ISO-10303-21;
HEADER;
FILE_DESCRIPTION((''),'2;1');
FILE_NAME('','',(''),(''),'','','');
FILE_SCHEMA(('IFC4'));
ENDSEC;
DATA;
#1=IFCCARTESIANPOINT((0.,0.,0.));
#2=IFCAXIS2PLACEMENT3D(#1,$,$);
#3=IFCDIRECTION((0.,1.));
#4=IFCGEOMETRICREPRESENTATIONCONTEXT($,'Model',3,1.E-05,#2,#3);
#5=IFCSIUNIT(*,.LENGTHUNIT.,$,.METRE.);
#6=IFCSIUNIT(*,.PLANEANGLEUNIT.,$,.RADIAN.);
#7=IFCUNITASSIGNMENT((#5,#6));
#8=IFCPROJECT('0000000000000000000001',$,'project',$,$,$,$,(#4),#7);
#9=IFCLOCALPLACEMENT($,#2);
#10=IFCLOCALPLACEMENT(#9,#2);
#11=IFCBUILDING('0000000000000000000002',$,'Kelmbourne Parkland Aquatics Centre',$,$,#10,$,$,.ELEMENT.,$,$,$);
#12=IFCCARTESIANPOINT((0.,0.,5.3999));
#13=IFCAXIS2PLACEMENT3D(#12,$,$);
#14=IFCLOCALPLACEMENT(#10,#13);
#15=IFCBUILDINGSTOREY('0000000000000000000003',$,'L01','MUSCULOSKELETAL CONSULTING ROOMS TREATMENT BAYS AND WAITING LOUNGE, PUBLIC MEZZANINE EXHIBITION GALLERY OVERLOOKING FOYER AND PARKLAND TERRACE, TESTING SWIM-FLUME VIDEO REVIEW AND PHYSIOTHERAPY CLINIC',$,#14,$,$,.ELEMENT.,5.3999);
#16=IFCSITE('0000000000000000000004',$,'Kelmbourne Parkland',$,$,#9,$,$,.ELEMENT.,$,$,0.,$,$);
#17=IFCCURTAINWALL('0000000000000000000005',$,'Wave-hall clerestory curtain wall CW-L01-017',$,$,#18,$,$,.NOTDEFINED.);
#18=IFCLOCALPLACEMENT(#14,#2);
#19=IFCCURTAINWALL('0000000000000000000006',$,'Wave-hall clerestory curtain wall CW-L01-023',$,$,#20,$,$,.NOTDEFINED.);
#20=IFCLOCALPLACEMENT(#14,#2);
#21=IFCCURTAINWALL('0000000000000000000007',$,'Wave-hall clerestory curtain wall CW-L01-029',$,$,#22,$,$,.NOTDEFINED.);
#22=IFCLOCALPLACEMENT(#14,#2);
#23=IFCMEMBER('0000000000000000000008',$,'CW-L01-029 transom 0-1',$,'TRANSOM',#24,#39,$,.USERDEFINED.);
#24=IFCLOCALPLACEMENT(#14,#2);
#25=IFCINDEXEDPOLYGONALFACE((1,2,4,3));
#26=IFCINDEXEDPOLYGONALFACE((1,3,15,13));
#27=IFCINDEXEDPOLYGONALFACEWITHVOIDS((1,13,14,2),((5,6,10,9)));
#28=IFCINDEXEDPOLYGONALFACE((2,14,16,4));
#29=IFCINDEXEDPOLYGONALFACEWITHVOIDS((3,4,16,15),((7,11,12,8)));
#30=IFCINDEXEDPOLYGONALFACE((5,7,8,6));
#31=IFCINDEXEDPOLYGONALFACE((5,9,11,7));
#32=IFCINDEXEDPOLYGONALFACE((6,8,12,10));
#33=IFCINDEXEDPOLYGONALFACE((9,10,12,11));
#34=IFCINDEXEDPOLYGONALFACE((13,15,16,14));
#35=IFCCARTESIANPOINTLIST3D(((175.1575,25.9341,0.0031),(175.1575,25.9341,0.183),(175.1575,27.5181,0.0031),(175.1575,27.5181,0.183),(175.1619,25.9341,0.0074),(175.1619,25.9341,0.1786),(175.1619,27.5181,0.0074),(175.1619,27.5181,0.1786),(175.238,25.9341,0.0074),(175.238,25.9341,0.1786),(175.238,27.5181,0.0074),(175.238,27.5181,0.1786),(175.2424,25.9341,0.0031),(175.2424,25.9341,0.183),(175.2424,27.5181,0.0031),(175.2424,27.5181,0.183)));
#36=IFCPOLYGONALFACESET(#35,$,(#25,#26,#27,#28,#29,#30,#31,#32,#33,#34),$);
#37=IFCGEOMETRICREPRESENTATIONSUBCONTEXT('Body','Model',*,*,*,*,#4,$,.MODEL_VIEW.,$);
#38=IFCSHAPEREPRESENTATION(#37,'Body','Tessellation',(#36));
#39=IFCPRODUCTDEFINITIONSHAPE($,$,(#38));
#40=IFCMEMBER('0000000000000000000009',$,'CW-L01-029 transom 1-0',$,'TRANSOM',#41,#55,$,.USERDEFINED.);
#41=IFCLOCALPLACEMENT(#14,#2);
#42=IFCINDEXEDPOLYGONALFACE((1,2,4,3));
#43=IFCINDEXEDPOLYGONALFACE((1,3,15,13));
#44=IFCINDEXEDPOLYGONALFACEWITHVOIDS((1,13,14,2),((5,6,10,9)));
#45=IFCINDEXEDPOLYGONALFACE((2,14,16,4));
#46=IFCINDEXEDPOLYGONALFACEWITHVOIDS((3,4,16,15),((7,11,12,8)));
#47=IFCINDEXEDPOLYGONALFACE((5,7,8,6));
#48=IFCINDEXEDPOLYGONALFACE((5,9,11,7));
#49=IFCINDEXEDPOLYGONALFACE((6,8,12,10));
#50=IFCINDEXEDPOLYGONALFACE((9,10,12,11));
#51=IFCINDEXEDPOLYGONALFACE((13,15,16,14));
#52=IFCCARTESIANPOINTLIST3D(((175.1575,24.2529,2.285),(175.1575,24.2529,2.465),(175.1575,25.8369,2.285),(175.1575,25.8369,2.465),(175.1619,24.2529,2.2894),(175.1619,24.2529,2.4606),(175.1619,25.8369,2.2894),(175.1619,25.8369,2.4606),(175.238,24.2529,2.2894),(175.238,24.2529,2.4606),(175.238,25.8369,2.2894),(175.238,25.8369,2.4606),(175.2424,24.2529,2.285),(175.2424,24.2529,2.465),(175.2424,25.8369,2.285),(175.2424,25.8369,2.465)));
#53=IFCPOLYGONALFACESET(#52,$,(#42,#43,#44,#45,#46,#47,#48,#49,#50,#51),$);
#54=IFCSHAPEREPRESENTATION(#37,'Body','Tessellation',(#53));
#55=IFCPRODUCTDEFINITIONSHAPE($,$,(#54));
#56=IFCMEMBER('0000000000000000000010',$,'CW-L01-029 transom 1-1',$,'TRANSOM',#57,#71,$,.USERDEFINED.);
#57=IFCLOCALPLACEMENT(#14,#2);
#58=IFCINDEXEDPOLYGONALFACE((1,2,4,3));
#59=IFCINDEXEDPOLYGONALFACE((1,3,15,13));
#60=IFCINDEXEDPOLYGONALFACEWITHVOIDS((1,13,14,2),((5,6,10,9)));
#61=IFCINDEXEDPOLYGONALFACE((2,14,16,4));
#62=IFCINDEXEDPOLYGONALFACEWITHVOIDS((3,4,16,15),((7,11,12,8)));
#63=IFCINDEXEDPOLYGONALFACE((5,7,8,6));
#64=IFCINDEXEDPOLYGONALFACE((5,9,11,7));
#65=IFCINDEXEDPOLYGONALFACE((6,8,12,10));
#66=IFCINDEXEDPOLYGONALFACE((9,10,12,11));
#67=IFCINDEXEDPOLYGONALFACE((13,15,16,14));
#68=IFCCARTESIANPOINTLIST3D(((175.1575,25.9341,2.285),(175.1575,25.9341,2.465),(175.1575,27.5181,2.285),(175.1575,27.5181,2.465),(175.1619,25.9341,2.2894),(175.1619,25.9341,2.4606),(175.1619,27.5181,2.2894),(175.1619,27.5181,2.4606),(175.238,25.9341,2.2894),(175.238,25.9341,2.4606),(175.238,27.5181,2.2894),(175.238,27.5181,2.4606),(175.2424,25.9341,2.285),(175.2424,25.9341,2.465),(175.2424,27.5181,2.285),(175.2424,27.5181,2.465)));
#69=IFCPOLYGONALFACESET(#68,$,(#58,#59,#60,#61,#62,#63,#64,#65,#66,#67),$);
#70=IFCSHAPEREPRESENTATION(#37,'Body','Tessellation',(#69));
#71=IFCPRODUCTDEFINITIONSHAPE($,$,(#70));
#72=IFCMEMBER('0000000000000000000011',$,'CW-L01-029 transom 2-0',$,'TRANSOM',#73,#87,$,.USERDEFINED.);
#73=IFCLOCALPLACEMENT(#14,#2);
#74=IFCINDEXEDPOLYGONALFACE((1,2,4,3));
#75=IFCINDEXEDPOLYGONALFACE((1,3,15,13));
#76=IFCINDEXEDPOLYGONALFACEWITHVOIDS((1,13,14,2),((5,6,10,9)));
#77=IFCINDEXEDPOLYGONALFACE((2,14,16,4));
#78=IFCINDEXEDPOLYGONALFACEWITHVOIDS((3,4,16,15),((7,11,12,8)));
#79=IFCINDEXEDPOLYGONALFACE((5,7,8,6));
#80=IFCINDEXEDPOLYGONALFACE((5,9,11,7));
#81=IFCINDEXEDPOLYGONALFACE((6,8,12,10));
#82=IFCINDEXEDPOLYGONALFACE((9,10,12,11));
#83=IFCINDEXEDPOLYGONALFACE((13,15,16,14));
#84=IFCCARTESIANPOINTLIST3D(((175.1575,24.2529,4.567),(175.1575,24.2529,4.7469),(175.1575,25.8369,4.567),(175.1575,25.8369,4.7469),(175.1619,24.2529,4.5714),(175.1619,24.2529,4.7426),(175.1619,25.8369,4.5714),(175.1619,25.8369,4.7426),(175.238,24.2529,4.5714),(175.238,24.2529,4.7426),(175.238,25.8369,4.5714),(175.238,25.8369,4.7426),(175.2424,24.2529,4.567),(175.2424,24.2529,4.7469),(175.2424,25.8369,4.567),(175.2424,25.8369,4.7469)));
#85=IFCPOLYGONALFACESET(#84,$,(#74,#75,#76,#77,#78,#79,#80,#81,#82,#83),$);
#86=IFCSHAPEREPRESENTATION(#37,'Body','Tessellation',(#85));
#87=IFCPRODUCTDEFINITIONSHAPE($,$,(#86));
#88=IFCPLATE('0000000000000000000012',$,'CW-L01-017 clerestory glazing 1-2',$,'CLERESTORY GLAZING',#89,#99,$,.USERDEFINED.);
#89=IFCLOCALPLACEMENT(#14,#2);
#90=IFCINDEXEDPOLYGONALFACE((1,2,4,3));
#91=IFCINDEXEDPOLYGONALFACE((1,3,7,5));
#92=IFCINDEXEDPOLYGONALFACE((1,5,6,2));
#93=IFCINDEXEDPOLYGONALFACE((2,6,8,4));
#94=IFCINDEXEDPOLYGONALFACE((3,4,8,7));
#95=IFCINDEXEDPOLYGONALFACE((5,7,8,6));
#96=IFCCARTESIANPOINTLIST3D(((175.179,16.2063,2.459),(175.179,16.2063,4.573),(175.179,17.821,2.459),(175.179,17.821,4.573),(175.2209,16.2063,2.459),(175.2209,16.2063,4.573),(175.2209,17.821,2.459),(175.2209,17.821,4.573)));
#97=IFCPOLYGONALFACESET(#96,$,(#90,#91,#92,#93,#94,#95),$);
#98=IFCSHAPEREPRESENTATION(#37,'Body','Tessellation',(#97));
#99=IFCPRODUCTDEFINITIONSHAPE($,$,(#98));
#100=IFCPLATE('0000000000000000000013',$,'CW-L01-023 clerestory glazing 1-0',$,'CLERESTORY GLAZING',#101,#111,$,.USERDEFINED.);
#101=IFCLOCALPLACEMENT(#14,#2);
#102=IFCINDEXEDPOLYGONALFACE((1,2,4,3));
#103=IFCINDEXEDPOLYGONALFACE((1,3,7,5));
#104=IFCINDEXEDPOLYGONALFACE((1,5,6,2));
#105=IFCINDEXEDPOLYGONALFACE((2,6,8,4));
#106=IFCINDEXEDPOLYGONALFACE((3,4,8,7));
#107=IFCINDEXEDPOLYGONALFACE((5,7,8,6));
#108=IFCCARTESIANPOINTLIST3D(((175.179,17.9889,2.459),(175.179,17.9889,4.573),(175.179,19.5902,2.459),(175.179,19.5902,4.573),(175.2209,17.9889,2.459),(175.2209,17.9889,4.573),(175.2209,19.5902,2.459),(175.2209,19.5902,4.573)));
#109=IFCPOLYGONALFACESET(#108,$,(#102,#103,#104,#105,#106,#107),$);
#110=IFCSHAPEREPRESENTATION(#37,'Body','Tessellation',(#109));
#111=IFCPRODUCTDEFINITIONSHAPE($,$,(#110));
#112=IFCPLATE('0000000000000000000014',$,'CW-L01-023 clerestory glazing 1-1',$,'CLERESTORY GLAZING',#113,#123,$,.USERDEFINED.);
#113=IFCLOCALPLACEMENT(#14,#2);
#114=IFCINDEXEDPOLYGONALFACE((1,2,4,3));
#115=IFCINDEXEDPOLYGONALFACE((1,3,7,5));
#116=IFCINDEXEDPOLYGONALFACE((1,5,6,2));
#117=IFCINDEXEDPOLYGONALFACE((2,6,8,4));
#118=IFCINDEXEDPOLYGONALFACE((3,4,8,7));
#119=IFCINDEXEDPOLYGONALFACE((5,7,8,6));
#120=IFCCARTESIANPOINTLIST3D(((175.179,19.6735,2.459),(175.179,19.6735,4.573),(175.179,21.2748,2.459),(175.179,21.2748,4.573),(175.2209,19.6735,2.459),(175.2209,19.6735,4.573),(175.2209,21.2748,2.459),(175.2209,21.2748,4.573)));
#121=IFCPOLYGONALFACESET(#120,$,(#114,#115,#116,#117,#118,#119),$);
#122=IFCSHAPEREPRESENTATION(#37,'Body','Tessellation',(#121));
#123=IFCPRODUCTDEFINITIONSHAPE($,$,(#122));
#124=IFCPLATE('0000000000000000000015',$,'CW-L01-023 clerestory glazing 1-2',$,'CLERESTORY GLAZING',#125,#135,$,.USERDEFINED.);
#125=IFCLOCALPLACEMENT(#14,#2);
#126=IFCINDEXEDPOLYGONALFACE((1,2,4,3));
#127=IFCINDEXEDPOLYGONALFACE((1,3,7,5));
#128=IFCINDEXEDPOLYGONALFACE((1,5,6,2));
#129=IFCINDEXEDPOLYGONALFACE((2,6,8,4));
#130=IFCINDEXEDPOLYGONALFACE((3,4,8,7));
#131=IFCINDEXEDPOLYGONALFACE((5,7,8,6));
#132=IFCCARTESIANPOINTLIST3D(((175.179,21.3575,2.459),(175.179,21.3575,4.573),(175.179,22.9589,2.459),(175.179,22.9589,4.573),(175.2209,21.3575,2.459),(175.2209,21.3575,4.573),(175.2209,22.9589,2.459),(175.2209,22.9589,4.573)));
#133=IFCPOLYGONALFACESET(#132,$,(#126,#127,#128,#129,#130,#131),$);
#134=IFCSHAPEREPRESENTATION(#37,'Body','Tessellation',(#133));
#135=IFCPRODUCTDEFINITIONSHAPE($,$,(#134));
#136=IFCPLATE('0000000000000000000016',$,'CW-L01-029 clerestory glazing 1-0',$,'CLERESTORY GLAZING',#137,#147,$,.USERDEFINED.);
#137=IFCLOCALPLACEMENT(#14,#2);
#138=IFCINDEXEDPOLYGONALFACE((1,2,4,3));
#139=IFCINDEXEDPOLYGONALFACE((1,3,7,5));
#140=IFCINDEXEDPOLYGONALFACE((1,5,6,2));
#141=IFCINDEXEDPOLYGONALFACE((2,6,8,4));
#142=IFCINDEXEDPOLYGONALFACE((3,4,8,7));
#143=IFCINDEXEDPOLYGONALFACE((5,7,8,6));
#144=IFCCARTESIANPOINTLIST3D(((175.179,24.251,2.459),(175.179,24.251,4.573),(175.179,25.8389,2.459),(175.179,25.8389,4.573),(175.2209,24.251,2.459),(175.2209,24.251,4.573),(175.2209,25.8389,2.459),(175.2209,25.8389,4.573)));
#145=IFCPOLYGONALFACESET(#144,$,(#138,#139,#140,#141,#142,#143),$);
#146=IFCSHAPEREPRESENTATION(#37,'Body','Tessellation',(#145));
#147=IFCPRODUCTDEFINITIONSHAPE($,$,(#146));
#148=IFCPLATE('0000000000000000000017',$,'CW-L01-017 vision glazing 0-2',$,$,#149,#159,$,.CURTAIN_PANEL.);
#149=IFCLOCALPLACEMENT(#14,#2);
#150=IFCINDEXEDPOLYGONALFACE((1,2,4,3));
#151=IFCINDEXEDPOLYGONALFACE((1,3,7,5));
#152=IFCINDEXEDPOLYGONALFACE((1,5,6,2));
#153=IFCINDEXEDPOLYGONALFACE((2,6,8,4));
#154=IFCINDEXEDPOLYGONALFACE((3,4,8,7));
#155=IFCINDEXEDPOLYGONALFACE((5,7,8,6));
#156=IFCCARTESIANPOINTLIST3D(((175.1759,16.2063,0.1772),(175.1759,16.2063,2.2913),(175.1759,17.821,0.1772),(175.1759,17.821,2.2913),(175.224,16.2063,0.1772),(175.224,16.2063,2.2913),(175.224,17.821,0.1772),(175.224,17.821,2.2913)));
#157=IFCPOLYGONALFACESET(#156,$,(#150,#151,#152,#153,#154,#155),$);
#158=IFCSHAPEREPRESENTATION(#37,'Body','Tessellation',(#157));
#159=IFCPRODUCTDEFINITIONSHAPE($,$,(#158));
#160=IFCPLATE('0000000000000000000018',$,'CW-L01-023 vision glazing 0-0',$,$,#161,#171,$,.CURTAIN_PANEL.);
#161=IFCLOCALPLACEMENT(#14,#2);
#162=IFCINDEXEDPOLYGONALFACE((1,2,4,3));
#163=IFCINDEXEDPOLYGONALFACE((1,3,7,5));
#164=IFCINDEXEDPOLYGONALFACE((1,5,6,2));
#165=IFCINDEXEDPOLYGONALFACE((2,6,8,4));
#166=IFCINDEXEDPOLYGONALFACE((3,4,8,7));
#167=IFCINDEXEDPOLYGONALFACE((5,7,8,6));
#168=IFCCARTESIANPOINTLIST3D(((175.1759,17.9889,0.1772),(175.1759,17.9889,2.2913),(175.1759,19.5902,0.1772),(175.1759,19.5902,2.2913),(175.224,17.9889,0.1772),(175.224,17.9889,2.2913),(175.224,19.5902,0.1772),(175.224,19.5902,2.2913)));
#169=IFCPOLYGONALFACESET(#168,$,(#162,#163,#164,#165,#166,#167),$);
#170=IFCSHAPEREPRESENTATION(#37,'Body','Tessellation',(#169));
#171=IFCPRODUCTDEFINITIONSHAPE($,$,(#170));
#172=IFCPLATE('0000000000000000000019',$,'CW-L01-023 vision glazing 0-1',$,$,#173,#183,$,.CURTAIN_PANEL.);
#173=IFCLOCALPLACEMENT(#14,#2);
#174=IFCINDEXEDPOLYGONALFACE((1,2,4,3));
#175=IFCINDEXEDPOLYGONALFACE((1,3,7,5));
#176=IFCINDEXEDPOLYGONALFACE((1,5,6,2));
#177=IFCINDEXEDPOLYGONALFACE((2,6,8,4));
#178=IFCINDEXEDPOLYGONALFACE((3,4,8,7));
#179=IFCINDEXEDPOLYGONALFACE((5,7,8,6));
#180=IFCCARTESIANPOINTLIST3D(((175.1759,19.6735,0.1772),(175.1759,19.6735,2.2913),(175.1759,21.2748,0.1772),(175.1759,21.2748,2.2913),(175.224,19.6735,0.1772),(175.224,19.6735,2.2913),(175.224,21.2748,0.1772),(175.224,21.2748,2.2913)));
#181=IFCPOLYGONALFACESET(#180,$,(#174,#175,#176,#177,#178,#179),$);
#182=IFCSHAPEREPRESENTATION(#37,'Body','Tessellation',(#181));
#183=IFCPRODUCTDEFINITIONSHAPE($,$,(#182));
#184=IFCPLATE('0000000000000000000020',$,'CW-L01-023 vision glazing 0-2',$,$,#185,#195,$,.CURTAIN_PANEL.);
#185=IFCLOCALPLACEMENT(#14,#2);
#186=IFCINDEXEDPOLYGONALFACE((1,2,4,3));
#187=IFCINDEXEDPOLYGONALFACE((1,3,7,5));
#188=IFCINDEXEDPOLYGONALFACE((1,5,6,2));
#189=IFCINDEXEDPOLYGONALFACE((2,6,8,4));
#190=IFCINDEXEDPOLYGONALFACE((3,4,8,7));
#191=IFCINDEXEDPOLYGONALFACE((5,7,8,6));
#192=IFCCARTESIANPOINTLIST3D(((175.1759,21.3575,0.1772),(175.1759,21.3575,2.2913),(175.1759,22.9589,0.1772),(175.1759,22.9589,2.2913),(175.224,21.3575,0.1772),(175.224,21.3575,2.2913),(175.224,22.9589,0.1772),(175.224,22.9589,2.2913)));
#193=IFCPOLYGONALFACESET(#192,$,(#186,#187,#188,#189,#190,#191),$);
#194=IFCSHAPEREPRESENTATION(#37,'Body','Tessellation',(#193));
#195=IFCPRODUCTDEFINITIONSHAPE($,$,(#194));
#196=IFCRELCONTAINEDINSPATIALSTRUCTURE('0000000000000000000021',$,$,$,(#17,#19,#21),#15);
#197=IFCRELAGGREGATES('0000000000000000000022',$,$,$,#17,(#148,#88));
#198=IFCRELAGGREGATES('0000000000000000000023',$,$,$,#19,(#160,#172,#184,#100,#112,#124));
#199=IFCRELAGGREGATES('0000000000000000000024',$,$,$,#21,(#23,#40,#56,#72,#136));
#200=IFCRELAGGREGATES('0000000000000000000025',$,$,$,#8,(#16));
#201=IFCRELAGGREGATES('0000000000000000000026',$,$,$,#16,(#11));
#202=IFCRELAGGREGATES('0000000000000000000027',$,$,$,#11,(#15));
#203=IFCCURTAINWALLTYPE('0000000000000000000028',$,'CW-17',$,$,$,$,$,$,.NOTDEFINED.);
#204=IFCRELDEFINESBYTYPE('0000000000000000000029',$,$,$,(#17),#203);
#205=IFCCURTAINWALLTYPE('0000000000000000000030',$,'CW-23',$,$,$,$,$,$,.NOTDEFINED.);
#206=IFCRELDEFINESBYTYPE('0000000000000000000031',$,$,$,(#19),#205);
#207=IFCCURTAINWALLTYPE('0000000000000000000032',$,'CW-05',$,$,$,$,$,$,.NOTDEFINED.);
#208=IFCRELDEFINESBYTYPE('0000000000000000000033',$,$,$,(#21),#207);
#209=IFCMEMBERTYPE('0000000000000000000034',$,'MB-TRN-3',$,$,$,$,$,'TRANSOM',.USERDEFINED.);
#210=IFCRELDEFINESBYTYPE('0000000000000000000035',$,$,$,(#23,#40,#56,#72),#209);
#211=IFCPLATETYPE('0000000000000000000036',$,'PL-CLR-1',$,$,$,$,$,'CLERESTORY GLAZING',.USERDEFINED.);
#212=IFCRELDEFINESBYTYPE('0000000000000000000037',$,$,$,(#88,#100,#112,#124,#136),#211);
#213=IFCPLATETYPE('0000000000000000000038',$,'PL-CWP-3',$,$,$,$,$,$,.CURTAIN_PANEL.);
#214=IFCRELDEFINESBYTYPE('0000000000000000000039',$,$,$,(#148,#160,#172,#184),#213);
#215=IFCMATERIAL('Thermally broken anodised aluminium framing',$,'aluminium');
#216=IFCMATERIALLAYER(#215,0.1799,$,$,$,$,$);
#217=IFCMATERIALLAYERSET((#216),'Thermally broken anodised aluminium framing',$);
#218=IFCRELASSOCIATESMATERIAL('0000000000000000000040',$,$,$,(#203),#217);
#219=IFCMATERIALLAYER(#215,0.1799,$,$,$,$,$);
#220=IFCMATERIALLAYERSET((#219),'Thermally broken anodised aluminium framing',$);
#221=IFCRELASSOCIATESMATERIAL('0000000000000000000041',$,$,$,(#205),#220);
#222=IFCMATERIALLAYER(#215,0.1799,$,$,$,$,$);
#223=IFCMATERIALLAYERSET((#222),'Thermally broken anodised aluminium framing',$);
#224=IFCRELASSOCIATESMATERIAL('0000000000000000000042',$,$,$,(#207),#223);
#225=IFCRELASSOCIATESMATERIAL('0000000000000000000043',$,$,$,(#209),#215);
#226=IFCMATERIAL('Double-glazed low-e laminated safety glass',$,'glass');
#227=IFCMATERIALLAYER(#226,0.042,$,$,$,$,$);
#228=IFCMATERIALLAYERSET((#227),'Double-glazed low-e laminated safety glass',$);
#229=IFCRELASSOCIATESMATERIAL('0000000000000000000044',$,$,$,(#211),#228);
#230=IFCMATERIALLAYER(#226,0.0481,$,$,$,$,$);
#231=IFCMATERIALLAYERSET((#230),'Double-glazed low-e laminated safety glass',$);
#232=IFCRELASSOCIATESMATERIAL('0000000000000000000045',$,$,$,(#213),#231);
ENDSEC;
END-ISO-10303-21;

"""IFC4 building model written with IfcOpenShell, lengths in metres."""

from ifc_helpers import new_model, si_unit, direction, frame, origin, origin_2d, place, context, subcontext, project, spatial, rectangle, hollow_rectangle, extrude, material, layer, layer_set, material_profile, profile_set, type_object, element, aggregate, save


model = new_model("IFC4")

# Units and contexts
model_context = context("Model", 3, precision=1e-05, world=origin(), true_north=direction((0.0, 1.0)))
body_context = subcontext(model_context, "Body", "Model", "MODEL_VIEW")
ifc_project = project(units=[si_unit("LENGTHUNIT", "METRE"), si_unit("PLANEANGLEUNIT", "RADIAN")], contexts=[model_context])

# Site, building, storey
site_placement = place(None, origin())
site = spatial("IfcSite", under=ifc_project, at=site_placement, Name="Kelmbourne Parkland", CompositionType="ELEMENT", RefElevation=0.0)
building_placement = place(site_placement, origin())
building = spatial("IfcBuilding", under=site, at=building_placement, Name="Kelmbourne Parkland Aquatics Centre", CompositionType="ELEMENT")
storey_placement = place(building_placement, frame((0.0, 0.0, 5.3999)))
storey = spatial("IfcBuildingStorey", under=building, at=storey_placement, Name="L01", Description="MUSCULOSKELETAL CONSULTING ROOMS TREATMENT BAYS AND WAITING LOUNGE, PUBLIC MEZZANINE EXHIBITION GALLERY OVERLOOKING FOYER AND PARKLAND TERRACE, TESTING SWIM-FLUME VIDEO REVIEW AND PHYSIOTHERAPY CLINIC", CompositionType="ELEMENT", Elevation=5.3999)

# Curtain wall
ifc_material_1 = material(Name="Thermally broken anodised aluminium framing", Category="aluminium")
ifc_layer_1 = layer(ifc_material_1, 0.1799)
ifc_layer_set_1 = layer_set([ifc_layer_1], Name="Thermally broken anodised aluminium framing")
curtain_wall_type_1 = type_object("IfcCurtainWallType", Name="CW-17", PredefinedType="NOTDEFINED", material=ifc_layer_set_1)
curtain_wall_1_placement = place(storey_placement, origin())
curtain_wall_1 = element("IfcCurtainWall", 1, at=curtain_wall_1_placement, inside=storey, type_object=curtain_wall_type_1, Name="Wave-hall clerestory curtain wall CW-L01-017", PredefinedType="NOTDEFINED")

# Curtain walls
ifc_layer_2 = layer(ifc_material_1, 0.1799)
ifc_layer_set_2 = layer_set([ifc_layer_2], Name="Thermally broken anodised aluminium framing")
curtain_wall_type_2 = type_object("IfcCurtainWallType", Name="CW-23", PredefinedType="NOTDEFINED", material=ifc_layer_set_2)
curtain_wall_2_placement = place(storey_placement, origin())
curtain_wall_2 = element("IfcCurtainWall", 2, at=curtain_wall_2_placement, inside=storey, type_object=curtain_wall_type_2, Name="Wave-hall clerestory curtain wall CW-L01-023", PredefinedType="NOTDEFINED")
ifc_layer_3 = layer(ifc_material_1, 0.1799)
ifc_layer_set_3 = layer_set([ifc_layer_3], Name="Thermally broken anodised aluminium framing")
curtain_wall_type_3 = type_object("IfcCurtainWallType", Name="CW-05", PredefinedType="NOTDEFINED", material=ifc_layer_set_3)
curtain_wall_3_placement = place(storey_placement, origin())
curtain_wall_3 = element("IfcCurtainWall", 3, at=curtain_wall_3_placement, inside=storey, type_object=curtain_wall_type_3, Name="Wave-hall clerestory curtain wall CW-L01-029", PredefinedType="NOTDEFINED")

# Members
ifc_material_profile_1 = material_profile(ifc_material_1, hollow_rectangle(XDim=0.085, YDim=0.1799, WallThickness=0.0044, at=origin_2d()), Name="CW-T 85x180")
ifc_profile_set_1 = profile_set([ifc_material_profile_1], Name="Thermally broken anodised aluminium framing")
member_type_1 = type_object("IfcMemberType", Name="MB-TRN-3", ElementType="TRANSOM", PredefinedType="USERDEFINED", material=ifc_profile_set_1)
member_1_placement = place(storey_placement, frame((175.2, 25.9341, 0.093), z_axis=(0.0, 1.0, 0.0), x_axis=(-1.0, 0.0, 0.0)))
member_1 = element("IfcMember", 4, at=member_1_placement, type_object=member_type_1, Name="CW-L01-029 transom 0-1", ObjectType="TRANSOM", PredefinedType="USERDEFINED", context=body_context, shape_type="SweptSolid", body=[
    extrude(hollow_rectangle(XDim=0.085, YDim=0.1799, WallThickness=0.0044, at=origin_2d()), origin(), (0.0, 0.0, 1.0), 1.584),
])
member_2_placement = place(storey_placement, frame((175.2, 24.2529, 2.375), z_axis=(0.0, 1.0, 0.0), x_axis=(-1.0, 0.0, 0.0)))
member_2 = element("IfcMember", 5, at=member_2_placement, type_object=member_type_1, Name="CW-L01-029 transom 1-0", ObjectType="TRANSOM", PredefinedType="USERDEFINED", context=body_context, shape_type="SweptSolid", body=[
    extrude(hollow_rectangle(XDim=0.085, YDim=0.1799, WallThickness=0.0044, at=origin_2d()), origin(), (0.0, 0.0, 1.0), 1.584),
])
member_3_placement = place(storey_placement, frame((175.2, 25.9341, 2.375), z_axis=(0.0, 1.0, 0.0), x_axis=(-1.0, 0.0, 0.0)))
member_3 = element("IfcMember", 6, at=member_3_placement, type_object=member_type_1, Name="CW-L01-029 transom 1-1", ObjectType="TRANSOM", PredefinedType="USERDEFINED", context=body_context, shape_type="SweptSolid", body=[
    extrude(hollow_rectangle(XDim=0.085, YDim=0.1799, WallThickness=0.0044, at=origin_2d()), origin(), (0.0, 0.0, 1.0), 1.584),
])
member_4_placement = place(storey_placement, frame((175.2, 24.2529, 4.657), z_axis=(0.0, 1.0, 0.0), x_axis=(-1.0, 0.0, 0.0)))
member_4 = element("IfcMember", 7, at=member_4_placement, type_object=member_type_1, Name="CW-L01-029 transom 2-0", ObjectType="TRANSOM", PredefinedType="USERDEFINED", context=body_context, shape_type="SweptSolid", body=[
    extrude(hollow_rectangle(XDim=0.085, YDim=0.1799, WallThickness=0.0044, at=origin_2d()), origin(), (0.0, 0.0, 1.0), 1.584),
])

# Plates
ifc_material_2 = material(Name="Double-glazed low-e laminated safety glass", Category="glass")
ifc_layer_4 = layer(ifc_material_2, 0.042)
ifc_layer_set_4 = layer_set([ifc_layer_4], Name="Double-glazed low-e laminated safety glass")
plate_type_1 = type_object("IfcPlateType", Name="PL-CLR-1", ElementType="CLERESTORY GLAZING", PredefinedType="USERDEFINED", material=ifc_layer_set_4)
plate_1_placement = place(storey_placement, frame((175.2, 17.0137, 2.459), z_axis=(0.0, 0.0, 1.0), x_axis=(0.0, 1.0, 0.0)))
plate_1 = element("IfcPlate", 8, at=plate_1_placement, type_object=plate_type_1, Name="CW-L01-017 clerestory glazing 1-2", ObjectType="CLERESTORY GLAZING", PredefinedType="USERDEFINED", context=body_context, shape_type="SweptSolid", body=[
    extrude(rectangle(XDim=1.6147, YDim=0.042, at=origin_2d()), origin(), (0.0, 0.0, 1.0), 2.114),
])
plate_2_placement = place(storey_placement, frame((175.2, 18.7896, 2.459), z_axis=(0.0, 0.0, 1.0), x_axis=(0.0, 1.0, 0.0)))
plate_2 = element("IfcPlate", 9, at=plate_2_placement, type_object=plate_type_1, Name="CW-L01-023 clerestory glazing 1-0", ObjectType="CLERESTORY GLAZING", PredefinedType="USERDEFINED", context=body_context, shape_type="SweptSolid", body=[
    extrude(rectangle(XDim=1.6013, YDim=0.042, at=origin_2d()), origin(), (0.0, 0.0, 1.0), 2.114),
])
plate_3_placement = place(storey_placement, frame((175.2, 20.4741, 2.459), z_axis=(0.0, 0.0, 1.0), x_axis=(0.0, 1.0, 0.0)))
plate_3 = element("IfcPlate", 10, at=plate_3_placement, type_object=plate_type_1, Name="CW-L01-023 clerestory glazing 1-1", ObjectType="CLERESTORY GLAZING", PredefinedType="USERDEFINED", context=body_context, shape_type="SweptSolid", body=[
    extrude(rectangle(XDim=1.6013, YDim=0.042, at=origin_2d()), origin(), (0.0, 0.0, 1.0), 2.114),
])
plate_4_placement = place(storey_placement, frame((175.2, 22.1582, 2.459), z_axis=(0.0, 0.0, 1.0), x_axis=(0.0, 1.0, 0.0)))
plate_4 = element("IfcPlate", 11, at=plate_4_placement, type_object=plate_type_1, Name="CW-L01-023 clerestory glazing 1-2", ObjectType="CLERESTORY GLAZING", PredefinedType="USERDEFINED", context=body_context, shape_type="SweptSolid", body=[
    extrude(rectangle(XDim=1.6013, YDim=0.042, at=origin_2d()), origin(), (0.0, 0.0, 1.0), 2.114),
])
plate_5_placement = place(storey_placement, frame((175.2, 25.0449, 2.459), z_axis=(0.0, 0.0, 1.0), x_axis=(0.0, 1.0, 0.0)))
plate_5 = element("IfcPlate", 12, at=plate_5_placement, type_object=plate_type_1, Name="CW-L01-029 clerestory glazing 1-0", ObjectType="CLERESTORY GLAZING", PredefinedType="USERDEFINED", context=body_context, shape_type="SweptSolid", body=[
    extrude(rectangle(XDim=1.5879, YDim=0.042, at=origin_2d()), origin(), (0.0, 0.0, 1.0), 2.114),
])
ifc_layer_5 = layer(ifc_material_2, 0.0481)
ifc_layer_set_5 = layer_set([ifc_layer_5], Name="Double-glazed low-e laminated safety glass")
plate_type_2 = type_object("IfcPlateType", Name="PL-CWP-3", PredefinedType="CURTAIN_PANEL", material=ifc_layer_set_5)
plate_6_placement = place(storey_placement, frame((175.2, 17.0137, 0.1772), z_axis=(0.0, 0.0, 1.0), x_axis=(0.0, 1.0, 0.0)))
plate_6 = element("IfcPlate", 13, at=plate_6_placement, type_object=plate_type_2, Name="CW-L01-017 vision glazing 0-2", PredefinedType="CURTAIN_PANEL", context=body_context, shape_type="SweptSolid", body=[
    extrude(rectangle(XDim=1.6147, YDim=0.0481, at=origin_2d()), origin(), (0.0, 0.0, 1.0), 2.114),
])
aggregate(curtain_wall_1, [plate_6, plate_1])
plate_7_placement = place(storey_placement, frame((175.2, 18.7896, 0.1772), z_axis=(0.0, 0.0, 1.0), x_axis=(0.0, 1.0, 0.0)))
plate_7 = element("IfcPlate", 14, at=plate_7_placement, type_object=plate_type_2, Name="CW-L01-023 vision glazing 0-0", PredefinedType="CURTAIN_PANEL", context=body_context, shape_type="SweptSolid", body=[
    extrude(rectangle(XDim=1.6013, YDim=0.0481, at=origin_2d()), origin(), (0.0, 0.0, 1.0), 2.114),
])
plate_8_placement = place(storey_placement, frame((175.2, 20.4741, 0.1772), z_axis=(0.0, 0.0, 1.0), x_axis=(0.0, 1.0, 0.0)))
plate_8 = element("IfcPlate", 15, at=plate_8_placement, type_object=plate_type_2, Name="CW-L01-023 vision glazing 0-1", PredefinedType="CURTAIN_PANEL", context=body_context, shape_type="SweptSolid", body=[
    extrude(rectangle(XDim=1.6013, YDim=0.0481, at=origin_2d()), origin(), (0.0, 0.0, 1.0), 2.114),
])
plate_9_placement = place(storey_placement, frame((175.2, 22.1582, 0.1772), z_axis=(0.0, 0.0, 1.0), x_axis=(0.0, 1.0, 0.0)))
plate_9 = element("IfcPlate", 16, at=plate_9_placement, type_object=plate_type_2, Name="CW-L01-023 vision glazing 0-2", PredefinedType="CURTAIN_PANEL", context=body_context, shape_type="SweptSolid", body=[
    extrude(rectangle(XDim=1.6013, YDim=0.0481, at=origin_2d()), origin(), (0.0, 0.0, 1.0), 2.114),
])
aggregate(curtain_wall_2, [plate_7, plate_8, plate_9, plate_2, plate_3, plate_4])
aggregate(curtain_wall_3, [member_1, member_2, member_3, member_4, plate_5])

save(model, "model.ifc")
